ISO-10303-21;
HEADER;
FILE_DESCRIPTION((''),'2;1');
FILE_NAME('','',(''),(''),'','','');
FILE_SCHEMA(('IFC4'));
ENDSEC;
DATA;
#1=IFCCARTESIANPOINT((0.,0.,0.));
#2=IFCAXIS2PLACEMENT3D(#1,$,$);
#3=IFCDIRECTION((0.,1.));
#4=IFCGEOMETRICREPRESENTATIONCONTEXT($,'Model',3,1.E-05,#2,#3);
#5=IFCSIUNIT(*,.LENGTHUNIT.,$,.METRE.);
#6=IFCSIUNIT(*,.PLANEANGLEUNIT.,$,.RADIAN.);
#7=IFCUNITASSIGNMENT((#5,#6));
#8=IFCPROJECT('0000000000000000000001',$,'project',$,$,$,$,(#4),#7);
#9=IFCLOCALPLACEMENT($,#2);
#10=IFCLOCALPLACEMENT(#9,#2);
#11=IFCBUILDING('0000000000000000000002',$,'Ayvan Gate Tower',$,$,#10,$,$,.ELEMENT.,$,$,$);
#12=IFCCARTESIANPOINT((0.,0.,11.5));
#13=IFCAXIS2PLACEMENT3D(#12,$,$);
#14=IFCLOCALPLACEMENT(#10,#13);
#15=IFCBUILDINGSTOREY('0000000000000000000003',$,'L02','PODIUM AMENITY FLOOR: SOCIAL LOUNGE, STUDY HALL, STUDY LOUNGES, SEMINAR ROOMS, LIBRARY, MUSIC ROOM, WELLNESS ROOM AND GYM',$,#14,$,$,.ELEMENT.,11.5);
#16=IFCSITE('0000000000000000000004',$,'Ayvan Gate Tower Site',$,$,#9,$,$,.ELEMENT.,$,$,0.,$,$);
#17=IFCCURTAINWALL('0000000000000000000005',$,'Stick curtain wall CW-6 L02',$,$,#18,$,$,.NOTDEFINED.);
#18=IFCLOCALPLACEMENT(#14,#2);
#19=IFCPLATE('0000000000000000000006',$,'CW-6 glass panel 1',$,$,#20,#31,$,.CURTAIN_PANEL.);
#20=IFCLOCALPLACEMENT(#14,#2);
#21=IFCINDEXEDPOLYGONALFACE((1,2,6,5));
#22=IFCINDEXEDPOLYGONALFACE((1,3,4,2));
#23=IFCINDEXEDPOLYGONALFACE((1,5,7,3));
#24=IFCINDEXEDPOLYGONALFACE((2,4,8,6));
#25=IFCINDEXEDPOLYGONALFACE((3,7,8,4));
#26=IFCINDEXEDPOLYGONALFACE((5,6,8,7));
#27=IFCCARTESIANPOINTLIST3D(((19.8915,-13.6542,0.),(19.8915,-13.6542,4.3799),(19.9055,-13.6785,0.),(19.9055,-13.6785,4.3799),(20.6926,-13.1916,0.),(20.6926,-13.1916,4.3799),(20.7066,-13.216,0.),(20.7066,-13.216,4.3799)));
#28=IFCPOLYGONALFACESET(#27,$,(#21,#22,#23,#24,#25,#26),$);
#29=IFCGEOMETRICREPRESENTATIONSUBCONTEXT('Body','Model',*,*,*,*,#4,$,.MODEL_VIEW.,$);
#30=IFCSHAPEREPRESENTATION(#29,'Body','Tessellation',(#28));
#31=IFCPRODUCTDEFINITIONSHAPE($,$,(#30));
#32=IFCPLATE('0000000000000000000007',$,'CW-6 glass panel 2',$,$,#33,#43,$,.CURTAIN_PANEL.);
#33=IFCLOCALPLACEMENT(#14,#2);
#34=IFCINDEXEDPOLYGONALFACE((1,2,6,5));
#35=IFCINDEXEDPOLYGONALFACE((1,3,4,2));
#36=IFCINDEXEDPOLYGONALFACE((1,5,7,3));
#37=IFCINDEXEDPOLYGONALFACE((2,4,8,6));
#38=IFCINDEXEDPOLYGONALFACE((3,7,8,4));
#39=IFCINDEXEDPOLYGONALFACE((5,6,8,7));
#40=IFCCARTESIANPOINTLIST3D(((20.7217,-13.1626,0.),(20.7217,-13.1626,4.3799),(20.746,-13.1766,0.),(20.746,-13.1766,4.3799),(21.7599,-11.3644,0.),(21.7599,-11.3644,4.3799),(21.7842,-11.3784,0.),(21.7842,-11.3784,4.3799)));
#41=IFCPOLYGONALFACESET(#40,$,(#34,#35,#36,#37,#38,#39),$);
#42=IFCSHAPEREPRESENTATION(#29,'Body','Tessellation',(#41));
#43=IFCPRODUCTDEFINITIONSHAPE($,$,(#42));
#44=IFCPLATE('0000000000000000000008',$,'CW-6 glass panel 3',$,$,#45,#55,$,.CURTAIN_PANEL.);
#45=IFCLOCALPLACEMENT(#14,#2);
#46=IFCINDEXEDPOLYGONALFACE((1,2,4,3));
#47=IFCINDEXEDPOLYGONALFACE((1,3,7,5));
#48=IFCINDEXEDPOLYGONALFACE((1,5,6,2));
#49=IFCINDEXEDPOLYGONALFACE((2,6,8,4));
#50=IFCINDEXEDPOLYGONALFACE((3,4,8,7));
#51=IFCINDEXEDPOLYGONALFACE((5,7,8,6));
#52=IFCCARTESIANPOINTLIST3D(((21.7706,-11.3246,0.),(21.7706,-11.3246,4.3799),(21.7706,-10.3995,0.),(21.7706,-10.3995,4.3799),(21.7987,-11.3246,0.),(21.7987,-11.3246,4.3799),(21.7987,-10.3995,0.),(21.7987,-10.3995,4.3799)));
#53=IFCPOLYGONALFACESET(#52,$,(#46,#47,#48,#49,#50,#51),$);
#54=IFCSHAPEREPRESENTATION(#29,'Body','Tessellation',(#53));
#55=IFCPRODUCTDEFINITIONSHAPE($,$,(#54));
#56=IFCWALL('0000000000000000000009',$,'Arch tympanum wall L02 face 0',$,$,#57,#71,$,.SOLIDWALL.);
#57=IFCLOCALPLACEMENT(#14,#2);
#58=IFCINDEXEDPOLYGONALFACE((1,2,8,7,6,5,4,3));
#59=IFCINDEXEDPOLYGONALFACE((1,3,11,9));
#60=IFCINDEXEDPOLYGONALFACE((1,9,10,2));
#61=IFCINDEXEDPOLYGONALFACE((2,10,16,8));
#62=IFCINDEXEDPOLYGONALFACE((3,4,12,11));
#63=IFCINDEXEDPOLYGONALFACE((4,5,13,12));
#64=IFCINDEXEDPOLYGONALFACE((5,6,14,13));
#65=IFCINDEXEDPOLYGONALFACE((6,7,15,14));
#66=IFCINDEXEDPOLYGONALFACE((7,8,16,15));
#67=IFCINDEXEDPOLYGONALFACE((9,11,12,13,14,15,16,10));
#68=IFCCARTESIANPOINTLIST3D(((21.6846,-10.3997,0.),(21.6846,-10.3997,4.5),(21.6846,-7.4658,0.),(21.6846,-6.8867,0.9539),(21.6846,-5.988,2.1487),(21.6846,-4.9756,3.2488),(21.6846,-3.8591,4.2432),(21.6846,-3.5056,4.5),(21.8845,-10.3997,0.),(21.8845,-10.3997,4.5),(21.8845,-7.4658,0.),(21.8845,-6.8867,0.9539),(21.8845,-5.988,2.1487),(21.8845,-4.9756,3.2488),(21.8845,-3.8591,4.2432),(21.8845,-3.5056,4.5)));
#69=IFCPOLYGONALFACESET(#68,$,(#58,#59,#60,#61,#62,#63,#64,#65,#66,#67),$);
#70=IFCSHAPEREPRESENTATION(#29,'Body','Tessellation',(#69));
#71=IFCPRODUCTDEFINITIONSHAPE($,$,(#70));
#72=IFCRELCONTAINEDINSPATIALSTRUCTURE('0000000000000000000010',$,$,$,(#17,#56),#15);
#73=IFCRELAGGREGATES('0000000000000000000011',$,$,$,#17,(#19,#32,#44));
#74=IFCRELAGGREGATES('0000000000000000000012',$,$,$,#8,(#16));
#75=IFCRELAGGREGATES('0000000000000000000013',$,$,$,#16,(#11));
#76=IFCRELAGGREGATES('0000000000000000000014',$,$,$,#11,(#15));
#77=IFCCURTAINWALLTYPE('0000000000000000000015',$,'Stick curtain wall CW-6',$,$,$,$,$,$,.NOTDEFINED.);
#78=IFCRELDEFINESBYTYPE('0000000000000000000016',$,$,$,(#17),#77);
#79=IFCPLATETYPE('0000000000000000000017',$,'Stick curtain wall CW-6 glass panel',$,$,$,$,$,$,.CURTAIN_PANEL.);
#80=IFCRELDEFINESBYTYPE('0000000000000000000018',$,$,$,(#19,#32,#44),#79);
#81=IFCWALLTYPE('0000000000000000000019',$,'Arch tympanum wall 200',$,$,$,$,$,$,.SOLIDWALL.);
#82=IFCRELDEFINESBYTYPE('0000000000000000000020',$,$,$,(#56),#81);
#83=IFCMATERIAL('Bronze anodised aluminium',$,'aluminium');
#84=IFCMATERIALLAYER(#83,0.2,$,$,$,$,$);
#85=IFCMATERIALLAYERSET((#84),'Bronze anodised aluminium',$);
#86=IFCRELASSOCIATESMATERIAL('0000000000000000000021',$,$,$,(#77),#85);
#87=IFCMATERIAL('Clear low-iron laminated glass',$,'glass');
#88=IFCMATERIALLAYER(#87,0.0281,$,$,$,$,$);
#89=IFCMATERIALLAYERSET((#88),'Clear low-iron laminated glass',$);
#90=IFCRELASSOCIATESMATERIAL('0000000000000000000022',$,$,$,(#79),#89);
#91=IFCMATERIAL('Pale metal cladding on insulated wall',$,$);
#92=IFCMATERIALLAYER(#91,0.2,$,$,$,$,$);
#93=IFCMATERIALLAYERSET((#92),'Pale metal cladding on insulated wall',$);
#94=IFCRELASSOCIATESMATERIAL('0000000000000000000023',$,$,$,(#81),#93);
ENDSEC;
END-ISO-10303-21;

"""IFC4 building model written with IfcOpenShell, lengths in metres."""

from ifc_helpers import new_model, si_unit, direction, frame, origin, origin_2d, place, context, subcontext, project, spatial, polyline, rectangle, outline, extrude, material, layer, layer_set, type_object, element, aggregate, save


model = new_model("IFC4")

# Units and contexts
model_context = context("Model", 3, precision=1e-05, world=origin(), true_north=direction((0.0, 1.0)))
body_context = subcontext(model_context, "Body", "Model", "MODEL_VIEW")
ifc_project = project(units=[si_unit("LENGTHUNIT", "METRE"), si_unit("PLANEANGLEUNIT", "RADIAN")], contexts=[model_context])

# Site, building, storey
site_placement = place(None, origin())
site = spatial("IfcSite", under=ifc_project, at=site_placement, Name="Ayvan Gate Tower Site", CompositionType="ELEMENT", RefElevation=0.0)
building_placement = place(site_placement, origin())
building = spatial("IfcBuilding", under=site, at=building_placement, Name="Ayvan Gate Tower", CompositionType="ELEMENT")
storey_placement = place(building_placement, frame((0.0, 0.0, 11.5)))
storey = spatial("IfcBuildingStorey", under=building, at=storey_placement, Name="L02", Description="PODIUM AMENITY FLOOR: SOCIAL LOUNGE, STUDY HALL, STUDY LOUNGES, SEMINAR ROOMS, LIBRARY, MUSIC ROOM, WELLNESS ROOM AND GYM", CompositionType="ELEMENT", Elevation=11.5)

# Shared definitions
ifc_material_1 = material(Name="Bronze anodised aluminium", Category="aluminium")

# Curtain wall
ifc_layer_1 = layer(ifc_material_1, 0.2)
ifc_layer_set_1 = layer_set([ifc_layer_1], Name="Bronze anodised aluminium")
curtain_wall_type_1 = type_object("IfcCurtainWallType", Name="Stick curtain wall CW-6", PredefinedType="NOTDEFINED", material=ifc_layer_set_1)
curtain_wall_1_placement = place(storey_placement, origin())
curtain_wall_1 = element("IfcCurtainWall", 1, at=curtain_wall_1_placement, inside=storey, type_object=curtain_wall_type_1, Name="Stick curtain wall CW-6 L02", PredefinedType="NOTDEFINED")

# Plates
ifc_material_2 = material(Name="Clear low-iron laminated glass", Category="glass")
ifc_layer_2 = layer(ifc_material_2, 0.0281)
ifc_layer_set_2 = layer_set([ifc_layer_2], Name="Clear low-iron laminated glass")
plate_type_1 = type_object("IfcPlateType", Name="Stick curtain wall CW-6 glass panel", PredefinedType="CURTAIN_PANEL", material=ifc_layer_set_2)
plate_1_placement = place(storey_placement, frame((20.2991, -13.4351, 0.0), z_axis=(0.0, 0.0, 1.0), x_axis=(0.866025, 0.5, 0.0)))
plate_1 = element("IfcPlate", 2, at=plate_1_placement, type_object=plate_type_1, Name="CW-6 glass panel 1", PredefinedType="CURTAIN_PANEL", context=body_context, shape_type="SweptSolid", body=[
    extrude(rectangle(XDim=0.925, YDim=0.0281, at=origin_2d()), origin(), (0.0, 0.0, 1.0), 4.3799),
])
plate_2_placement = place(storey_placement, frame((21.2529, -12.2705, 0.0), z_axis=(0.0, 0.0, 1.0), x_axis=(0.5, 0.866025, 0.0)))
plate_2 = element("IfcPlate", 3, at=plate_2_placement, type_object=plate_type_1, Name="CW-6 glass panel 2", PredefinedType="CURTAIN_PANEL", context=body_context, shape_type="SweptSolid", body=[
    extrude(rectangle(XDim=2.0764, YDim=0.0281, at=origin_2d()), origin(), (0.0, 0.0, 1.0), 4.3799),
])
plate_3_placement = place(storey_placement, frame((21.7847, -10.8621, 0.0), z_axis=(0.0, 0.0, 1.0), x_axis=(0.0, 1.0, 0.0)))
plate_3 = element("IfcPlate", 4, at=plate_3_placement, type_object=plate_type_1, Name="CW-6 glass panel 3", PredefinedType="CURTAIN_PANEL", context=body_context, shape_type="SweptSolid", body=[
    extrude(rectangle(XDim=0.925, YDim=0.0281, at=origin_2d()), origin(), (0.0, 0.0, 1.0), 4.3799),
])
aggregate(curtain_wall_1, [plate_1, plate_2, plate_3])

# Wall
ifc_material_3 = material(Name="Pale metal cladding on insulated wall")
ifc_layer_3 = layer(ifc_material_3, 0.2)
ifc_layer_set_3 = layer_set([ifc_layer_3], Name="Pale metal cladding on insulated wall")
wall_type = type_object("IfcWallType", Name="Arch tympanum wall 200", PredefinedType="SOLIDWALL", material=ifc_layer_set_3)
wall_placement = place(storey_placement, frame((21.6846, -10.3997, 4.5), z_axis=(-1.0, 0.0, 0.0), x_axis=(0.0, 1.0, 0.0)))
element("IfcWall", 5, at=wall_placement, inside=storey, type_object=wall_type, Name="Arch tympanum wall L02 face 0", PredefinedType="SOLIDWALL", context=body_context, shape_type="SweptSolid", body=[
    extrude(outline(polyline([(0.0, 0.0), (6.894, 0.0), (6.5405, 0.2568), (5.4241, 1.2512), (4.4116, 2.3513), (3.5129, 3.5461), (2.9338, 4.5), (0.0, 4.5), (0.0, 0.0)])), origin(), (0.0, 0.0, -1.0), 0.2),
])

save(model, "model.ifc")
